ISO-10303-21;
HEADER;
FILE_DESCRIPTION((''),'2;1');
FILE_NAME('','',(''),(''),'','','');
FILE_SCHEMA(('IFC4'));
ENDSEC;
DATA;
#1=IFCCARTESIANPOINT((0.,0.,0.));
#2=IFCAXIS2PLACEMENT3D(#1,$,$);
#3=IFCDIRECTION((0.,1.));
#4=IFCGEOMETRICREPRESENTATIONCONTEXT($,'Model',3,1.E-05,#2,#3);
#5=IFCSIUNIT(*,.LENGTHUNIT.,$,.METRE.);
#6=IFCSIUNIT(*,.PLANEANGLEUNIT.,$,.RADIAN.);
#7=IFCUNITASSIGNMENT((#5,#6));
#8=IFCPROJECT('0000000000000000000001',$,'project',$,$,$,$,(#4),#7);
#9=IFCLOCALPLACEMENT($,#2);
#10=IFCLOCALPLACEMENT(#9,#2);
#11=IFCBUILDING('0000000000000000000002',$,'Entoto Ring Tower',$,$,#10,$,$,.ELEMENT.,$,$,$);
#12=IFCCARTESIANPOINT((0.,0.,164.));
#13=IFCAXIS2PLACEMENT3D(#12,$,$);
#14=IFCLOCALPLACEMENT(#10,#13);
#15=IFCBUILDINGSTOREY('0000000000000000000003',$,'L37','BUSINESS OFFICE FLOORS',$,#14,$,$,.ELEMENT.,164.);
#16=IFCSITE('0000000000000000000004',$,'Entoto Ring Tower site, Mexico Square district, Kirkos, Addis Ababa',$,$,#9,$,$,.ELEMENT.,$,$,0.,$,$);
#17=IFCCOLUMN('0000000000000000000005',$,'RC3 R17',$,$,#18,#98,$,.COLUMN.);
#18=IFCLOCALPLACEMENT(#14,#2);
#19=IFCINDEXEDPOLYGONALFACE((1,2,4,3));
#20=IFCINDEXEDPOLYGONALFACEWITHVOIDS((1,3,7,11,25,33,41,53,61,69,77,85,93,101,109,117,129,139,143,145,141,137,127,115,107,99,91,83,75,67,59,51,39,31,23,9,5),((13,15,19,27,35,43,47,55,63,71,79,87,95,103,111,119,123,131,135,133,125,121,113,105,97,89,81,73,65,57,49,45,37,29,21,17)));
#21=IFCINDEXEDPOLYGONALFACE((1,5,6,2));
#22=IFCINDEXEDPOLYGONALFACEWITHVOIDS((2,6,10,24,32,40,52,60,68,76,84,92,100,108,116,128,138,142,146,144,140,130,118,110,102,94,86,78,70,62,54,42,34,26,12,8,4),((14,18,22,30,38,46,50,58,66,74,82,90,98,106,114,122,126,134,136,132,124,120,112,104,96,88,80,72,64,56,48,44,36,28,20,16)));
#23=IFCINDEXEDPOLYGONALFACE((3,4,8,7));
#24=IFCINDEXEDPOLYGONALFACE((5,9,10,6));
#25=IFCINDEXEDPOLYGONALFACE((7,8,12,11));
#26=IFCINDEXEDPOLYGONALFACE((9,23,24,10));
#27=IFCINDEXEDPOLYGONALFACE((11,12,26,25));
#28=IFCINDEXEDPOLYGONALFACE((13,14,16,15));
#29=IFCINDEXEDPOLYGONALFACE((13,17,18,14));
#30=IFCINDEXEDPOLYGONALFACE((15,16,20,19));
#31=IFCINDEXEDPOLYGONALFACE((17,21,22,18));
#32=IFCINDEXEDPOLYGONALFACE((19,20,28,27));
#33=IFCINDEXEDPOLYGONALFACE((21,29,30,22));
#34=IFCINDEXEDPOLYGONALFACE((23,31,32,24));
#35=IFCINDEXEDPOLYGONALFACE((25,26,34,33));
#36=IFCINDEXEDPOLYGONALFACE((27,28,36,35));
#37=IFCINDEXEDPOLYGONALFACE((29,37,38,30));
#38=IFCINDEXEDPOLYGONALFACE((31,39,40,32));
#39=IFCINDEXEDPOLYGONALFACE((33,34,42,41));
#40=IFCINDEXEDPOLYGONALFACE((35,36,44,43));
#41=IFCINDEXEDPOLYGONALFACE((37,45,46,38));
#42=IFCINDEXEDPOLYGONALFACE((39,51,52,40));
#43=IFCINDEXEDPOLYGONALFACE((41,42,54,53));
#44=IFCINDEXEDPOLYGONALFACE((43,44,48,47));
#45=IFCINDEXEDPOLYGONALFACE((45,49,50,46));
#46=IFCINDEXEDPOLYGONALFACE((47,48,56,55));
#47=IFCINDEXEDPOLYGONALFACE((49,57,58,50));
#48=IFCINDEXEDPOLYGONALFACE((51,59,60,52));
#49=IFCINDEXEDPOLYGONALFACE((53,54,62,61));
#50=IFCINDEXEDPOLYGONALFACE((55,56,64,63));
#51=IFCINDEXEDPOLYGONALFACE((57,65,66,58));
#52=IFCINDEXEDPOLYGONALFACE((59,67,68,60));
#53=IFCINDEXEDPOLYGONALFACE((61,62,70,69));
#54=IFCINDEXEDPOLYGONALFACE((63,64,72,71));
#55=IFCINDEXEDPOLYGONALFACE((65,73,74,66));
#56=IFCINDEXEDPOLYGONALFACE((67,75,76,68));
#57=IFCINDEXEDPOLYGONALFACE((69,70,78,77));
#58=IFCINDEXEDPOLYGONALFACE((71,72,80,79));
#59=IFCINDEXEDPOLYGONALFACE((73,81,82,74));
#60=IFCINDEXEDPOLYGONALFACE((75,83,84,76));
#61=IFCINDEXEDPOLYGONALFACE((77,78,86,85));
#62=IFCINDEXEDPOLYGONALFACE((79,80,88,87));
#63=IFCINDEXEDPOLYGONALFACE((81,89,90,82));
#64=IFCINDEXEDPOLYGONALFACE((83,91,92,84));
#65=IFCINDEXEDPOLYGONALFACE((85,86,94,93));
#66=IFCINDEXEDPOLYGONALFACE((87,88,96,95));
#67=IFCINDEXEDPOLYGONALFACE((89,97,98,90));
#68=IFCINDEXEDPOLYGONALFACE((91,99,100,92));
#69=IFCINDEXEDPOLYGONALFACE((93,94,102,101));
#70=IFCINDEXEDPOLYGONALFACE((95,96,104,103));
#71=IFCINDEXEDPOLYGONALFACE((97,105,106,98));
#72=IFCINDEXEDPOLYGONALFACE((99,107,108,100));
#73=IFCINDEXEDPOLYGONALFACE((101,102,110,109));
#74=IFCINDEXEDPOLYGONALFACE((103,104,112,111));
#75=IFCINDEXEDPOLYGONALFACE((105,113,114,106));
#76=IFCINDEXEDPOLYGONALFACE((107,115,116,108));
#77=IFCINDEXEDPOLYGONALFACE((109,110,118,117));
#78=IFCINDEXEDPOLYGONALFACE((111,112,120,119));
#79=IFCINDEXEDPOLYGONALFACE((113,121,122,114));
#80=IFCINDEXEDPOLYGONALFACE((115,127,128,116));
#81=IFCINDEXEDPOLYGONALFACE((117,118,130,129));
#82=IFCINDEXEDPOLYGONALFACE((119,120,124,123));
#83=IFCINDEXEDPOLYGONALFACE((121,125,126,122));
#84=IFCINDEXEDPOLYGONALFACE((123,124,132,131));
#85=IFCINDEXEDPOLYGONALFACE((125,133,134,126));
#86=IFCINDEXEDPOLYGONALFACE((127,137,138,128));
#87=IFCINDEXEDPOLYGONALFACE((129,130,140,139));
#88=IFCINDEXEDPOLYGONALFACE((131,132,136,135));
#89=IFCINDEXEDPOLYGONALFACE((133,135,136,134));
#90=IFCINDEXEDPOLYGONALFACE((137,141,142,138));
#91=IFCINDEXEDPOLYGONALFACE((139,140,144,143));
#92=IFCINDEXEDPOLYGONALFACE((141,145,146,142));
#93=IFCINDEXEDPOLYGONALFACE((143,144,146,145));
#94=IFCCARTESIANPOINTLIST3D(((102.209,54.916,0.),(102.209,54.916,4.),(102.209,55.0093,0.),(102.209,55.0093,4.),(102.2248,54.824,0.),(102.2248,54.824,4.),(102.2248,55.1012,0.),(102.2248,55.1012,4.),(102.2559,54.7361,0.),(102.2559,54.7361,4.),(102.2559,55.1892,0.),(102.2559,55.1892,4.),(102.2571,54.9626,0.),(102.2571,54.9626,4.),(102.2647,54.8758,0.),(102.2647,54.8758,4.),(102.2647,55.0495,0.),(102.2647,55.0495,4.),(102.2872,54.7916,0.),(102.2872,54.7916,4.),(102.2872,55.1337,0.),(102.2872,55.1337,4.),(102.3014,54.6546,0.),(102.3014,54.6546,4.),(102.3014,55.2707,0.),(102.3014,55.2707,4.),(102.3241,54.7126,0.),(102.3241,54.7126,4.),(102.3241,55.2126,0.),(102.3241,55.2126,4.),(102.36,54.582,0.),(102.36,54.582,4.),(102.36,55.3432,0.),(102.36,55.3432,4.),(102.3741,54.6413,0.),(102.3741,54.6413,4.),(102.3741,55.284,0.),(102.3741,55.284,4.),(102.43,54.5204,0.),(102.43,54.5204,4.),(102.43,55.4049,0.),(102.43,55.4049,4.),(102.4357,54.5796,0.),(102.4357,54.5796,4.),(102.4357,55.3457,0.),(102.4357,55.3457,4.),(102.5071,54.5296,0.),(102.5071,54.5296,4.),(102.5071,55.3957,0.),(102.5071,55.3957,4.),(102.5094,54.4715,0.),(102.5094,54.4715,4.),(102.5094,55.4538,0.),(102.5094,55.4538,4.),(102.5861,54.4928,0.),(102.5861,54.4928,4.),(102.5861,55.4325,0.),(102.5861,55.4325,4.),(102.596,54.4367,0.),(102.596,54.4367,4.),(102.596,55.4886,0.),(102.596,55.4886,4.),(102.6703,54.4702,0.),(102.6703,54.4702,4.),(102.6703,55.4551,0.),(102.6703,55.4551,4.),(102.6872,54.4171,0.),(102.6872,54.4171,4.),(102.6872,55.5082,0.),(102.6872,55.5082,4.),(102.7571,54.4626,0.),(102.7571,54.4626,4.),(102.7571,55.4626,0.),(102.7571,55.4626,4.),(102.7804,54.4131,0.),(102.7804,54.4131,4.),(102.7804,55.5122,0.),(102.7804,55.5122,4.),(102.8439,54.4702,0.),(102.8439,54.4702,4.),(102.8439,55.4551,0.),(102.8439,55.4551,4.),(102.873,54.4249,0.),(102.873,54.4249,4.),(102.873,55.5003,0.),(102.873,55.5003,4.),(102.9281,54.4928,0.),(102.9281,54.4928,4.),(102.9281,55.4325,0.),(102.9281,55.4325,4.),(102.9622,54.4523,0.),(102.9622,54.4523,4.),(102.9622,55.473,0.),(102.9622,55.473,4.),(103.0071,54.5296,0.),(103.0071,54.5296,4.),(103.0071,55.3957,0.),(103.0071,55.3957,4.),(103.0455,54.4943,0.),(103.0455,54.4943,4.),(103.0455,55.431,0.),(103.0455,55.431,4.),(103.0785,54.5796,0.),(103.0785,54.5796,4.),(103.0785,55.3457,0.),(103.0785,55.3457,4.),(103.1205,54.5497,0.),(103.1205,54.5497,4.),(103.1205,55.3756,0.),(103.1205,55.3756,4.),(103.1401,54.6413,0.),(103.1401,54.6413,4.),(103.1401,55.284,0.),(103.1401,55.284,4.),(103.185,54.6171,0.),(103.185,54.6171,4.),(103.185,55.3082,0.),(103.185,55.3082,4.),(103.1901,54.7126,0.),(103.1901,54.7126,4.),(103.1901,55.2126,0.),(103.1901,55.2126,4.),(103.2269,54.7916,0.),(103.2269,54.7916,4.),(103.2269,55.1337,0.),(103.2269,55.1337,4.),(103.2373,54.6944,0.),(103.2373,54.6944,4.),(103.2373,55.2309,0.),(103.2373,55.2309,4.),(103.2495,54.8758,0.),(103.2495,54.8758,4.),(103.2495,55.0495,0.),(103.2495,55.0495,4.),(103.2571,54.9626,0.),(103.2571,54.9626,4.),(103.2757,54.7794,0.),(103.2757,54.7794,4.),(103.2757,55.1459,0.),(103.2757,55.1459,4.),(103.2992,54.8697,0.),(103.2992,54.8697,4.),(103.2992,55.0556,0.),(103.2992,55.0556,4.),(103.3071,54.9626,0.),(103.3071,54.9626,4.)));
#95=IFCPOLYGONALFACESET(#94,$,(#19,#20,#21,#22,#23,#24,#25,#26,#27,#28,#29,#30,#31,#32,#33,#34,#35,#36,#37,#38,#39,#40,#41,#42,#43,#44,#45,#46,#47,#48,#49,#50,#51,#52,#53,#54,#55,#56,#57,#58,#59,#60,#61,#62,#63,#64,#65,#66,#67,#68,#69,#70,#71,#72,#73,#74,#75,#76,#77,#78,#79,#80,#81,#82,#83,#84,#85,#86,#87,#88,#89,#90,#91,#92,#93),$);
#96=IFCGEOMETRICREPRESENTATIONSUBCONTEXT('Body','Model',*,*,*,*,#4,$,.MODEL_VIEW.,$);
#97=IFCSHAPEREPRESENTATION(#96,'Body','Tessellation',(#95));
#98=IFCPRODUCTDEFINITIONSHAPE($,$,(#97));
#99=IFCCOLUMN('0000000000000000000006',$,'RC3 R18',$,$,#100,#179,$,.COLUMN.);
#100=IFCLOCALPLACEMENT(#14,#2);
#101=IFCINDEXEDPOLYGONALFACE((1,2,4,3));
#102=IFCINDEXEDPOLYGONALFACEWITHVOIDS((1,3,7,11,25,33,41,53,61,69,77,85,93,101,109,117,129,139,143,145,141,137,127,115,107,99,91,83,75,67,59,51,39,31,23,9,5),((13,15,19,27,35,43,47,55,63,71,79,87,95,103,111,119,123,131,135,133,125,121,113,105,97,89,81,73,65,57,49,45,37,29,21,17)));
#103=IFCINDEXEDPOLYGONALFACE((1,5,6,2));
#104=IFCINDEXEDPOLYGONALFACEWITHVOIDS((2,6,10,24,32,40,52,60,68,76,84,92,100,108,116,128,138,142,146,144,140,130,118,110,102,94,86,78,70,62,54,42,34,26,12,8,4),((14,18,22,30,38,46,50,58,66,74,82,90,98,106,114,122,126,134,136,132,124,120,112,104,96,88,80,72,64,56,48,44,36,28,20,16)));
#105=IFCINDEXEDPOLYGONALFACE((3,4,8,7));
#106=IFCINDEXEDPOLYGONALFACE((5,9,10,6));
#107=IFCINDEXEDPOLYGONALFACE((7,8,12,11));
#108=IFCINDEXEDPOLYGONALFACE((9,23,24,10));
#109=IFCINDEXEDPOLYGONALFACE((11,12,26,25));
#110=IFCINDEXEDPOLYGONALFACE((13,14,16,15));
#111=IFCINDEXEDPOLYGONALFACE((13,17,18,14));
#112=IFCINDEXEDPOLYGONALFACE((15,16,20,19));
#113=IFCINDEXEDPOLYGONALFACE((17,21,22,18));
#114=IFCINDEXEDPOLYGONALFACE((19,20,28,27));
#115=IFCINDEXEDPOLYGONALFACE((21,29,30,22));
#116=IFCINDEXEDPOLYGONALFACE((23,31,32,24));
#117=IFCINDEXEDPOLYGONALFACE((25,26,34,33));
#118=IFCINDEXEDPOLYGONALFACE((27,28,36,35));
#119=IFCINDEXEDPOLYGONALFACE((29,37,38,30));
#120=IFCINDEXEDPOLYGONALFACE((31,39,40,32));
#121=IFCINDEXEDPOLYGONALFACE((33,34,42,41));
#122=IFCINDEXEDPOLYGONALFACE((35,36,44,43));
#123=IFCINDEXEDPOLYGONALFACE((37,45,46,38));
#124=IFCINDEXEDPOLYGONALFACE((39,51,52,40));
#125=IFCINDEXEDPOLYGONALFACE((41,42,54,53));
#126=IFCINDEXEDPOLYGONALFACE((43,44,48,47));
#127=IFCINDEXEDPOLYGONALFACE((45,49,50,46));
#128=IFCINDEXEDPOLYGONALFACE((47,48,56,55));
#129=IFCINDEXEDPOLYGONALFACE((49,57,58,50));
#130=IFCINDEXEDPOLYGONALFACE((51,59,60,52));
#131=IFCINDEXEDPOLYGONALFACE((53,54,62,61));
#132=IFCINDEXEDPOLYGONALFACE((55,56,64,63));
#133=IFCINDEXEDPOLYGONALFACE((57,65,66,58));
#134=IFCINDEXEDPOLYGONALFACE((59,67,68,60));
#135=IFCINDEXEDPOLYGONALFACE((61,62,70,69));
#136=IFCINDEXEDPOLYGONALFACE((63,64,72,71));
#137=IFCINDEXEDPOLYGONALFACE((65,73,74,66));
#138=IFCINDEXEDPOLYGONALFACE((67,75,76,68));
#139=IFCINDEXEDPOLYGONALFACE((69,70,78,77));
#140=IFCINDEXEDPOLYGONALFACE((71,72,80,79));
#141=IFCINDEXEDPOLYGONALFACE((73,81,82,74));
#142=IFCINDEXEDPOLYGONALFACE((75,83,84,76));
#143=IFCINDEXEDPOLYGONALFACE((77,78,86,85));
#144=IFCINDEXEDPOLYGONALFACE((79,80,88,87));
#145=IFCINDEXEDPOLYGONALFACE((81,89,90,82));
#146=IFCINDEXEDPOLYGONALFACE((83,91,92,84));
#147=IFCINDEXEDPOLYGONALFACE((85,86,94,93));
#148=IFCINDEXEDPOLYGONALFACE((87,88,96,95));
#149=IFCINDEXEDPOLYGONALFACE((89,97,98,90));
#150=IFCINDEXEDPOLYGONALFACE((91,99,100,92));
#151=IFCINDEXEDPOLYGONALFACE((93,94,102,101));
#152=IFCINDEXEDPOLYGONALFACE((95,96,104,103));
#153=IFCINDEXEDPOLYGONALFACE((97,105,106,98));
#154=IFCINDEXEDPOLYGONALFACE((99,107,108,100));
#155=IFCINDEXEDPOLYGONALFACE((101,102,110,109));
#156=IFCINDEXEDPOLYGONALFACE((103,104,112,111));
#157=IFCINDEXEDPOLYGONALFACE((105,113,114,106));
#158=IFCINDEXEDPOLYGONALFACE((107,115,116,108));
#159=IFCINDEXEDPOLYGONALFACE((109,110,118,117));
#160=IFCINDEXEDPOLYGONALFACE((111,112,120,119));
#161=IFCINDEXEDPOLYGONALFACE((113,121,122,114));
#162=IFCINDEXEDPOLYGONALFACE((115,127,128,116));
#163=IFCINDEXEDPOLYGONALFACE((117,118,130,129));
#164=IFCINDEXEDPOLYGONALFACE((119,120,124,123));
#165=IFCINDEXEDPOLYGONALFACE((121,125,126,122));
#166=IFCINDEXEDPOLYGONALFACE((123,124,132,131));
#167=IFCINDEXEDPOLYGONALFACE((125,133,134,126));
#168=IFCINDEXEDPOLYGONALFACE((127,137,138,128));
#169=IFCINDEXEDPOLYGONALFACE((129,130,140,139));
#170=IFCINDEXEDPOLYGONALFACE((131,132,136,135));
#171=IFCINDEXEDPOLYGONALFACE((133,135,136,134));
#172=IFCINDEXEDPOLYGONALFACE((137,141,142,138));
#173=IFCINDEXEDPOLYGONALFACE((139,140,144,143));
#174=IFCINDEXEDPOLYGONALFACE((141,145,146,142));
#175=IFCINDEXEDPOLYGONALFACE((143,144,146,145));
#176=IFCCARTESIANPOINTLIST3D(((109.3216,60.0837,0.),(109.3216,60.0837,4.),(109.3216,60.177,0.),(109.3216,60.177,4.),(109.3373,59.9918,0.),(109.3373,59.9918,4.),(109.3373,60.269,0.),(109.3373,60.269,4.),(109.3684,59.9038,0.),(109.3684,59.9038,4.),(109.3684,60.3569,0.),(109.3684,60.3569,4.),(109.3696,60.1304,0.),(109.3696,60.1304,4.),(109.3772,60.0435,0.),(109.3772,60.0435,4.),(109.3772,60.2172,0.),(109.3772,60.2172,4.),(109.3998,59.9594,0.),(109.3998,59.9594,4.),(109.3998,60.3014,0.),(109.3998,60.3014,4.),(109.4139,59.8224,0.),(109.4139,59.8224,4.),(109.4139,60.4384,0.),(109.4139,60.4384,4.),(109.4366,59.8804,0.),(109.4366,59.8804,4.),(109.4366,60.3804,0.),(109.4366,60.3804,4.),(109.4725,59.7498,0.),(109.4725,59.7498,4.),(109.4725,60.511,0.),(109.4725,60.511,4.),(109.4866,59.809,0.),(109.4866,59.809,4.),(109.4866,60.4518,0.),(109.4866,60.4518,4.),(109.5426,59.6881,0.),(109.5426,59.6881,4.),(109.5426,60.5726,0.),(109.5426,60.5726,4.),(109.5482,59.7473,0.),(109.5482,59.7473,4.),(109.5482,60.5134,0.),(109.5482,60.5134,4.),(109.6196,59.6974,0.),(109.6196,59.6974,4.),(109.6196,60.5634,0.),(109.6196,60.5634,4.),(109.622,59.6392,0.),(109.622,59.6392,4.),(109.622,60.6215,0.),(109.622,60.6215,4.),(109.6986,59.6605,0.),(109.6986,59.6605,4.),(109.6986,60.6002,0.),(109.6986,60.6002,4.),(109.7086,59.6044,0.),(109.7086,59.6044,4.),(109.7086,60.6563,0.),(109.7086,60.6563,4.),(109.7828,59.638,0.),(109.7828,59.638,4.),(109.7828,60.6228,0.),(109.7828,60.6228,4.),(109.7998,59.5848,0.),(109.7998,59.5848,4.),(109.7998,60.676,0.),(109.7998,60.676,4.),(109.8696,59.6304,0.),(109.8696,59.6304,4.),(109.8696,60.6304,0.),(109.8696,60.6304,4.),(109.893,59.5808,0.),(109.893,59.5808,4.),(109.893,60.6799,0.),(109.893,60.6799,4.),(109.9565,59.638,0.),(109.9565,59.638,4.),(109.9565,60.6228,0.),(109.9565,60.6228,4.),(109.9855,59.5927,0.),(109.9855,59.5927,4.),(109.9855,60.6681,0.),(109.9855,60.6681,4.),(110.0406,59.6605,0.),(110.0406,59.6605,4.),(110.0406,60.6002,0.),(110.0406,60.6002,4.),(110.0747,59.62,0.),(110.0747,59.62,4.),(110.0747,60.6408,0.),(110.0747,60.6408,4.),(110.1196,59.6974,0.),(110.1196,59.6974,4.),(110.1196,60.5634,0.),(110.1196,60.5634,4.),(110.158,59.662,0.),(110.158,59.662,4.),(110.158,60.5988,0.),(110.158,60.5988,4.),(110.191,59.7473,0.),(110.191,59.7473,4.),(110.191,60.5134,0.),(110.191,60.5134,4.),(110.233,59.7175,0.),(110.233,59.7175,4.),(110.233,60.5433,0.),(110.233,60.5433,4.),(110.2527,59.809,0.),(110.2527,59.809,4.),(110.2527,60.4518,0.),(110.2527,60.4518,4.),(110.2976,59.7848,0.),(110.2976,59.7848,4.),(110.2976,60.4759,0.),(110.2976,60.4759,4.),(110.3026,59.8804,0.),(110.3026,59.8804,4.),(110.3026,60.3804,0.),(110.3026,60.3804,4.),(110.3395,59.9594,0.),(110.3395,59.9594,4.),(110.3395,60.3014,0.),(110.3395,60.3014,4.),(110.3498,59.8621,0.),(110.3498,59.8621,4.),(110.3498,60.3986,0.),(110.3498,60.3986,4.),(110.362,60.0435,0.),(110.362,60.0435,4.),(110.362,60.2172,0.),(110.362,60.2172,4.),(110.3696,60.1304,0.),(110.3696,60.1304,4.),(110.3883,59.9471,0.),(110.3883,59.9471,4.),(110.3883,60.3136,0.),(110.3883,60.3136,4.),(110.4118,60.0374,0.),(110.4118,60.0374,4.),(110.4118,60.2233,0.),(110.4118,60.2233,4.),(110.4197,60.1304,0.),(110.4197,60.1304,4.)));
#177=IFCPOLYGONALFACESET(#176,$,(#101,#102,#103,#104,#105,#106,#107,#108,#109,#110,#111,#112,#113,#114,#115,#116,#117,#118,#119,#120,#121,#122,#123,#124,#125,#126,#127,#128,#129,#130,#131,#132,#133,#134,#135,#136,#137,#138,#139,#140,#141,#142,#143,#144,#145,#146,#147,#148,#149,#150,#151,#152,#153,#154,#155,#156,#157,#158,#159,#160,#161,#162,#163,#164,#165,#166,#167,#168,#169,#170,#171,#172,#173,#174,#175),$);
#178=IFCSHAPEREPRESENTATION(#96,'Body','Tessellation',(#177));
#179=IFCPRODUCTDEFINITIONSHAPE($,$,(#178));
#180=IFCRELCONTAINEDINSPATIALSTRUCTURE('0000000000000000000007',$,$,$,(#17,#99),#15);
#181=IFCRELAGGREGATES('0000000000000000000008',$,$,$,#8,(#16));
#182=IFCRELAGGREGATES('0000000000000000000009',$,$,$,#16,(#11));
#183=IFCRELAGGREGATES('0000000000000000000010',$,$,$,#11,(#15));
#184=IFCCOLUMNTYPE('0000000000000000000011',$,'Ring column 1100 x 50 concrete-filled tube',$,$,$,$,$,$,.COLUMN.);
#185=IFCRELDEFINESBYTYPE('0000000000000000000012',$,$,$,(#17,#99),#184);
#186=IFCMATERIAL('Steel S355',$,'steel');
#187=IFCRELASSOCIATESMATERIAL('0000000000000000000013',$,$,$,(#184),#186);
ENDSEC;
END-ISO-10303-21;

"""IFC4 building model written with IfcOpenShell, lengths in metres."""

from ifc_helpers import new_model, si_unit, direction, frame, origin, origin_2d, place, context, subcontext, project, spatial, circle, hollow_circle, extrude, material, material_profile, profile_set, type_object, element, save


model = new_model("IFC4")

# Units and contexts
model_context = context("Model", 3, precision=1e-05, world=origin(), true_north=direction((0.0, 1.0)))
body_context = subcontext(model_context, "Body", "Model", "MODEL_VIEW")
ifc_project = project(units=[si_unit("LENGTHUNIT", "METRE"), si_unit("PLANEANGLEUNIT", "RADIAN")], contexts=[model_context])

# Site, building, storey
site_placement = place(None, origin())
site = spatial("IfcSite", under=ifc_project, at=site_placement, Name="Entoto Ring Tower site, Mexico Square district, Kirkos, Addis Ababa", CompositionType="ELEMENT", RefElevation=0.0)
building_placement = place(site_placement, origin())
building = spatial("IfcBuilding", under=site, at=building_placement, Name="Entoto Ring Tower", CompositionType="ELEMENT")
storey_placement = place(building_placement, frame((0.0, 0.0, 164.0)))
storey = spatial("IfcBuildingStorey", under=building, at=storey_placement, Name="L37", Description="BUSINESS OFFICE FLOORS", CompositionType="ELEMENT", Elevation=164.0)

# Columns
ifc_material_1 = material(Name="Steel S355", Category="steel")
ifc_material_profile_1 = material_profile(ifc_material_1, hollow_circle(Radius=0.55, WallThickness=0.05, at=origin_2d()), Name="CHS 1100 x 50")
ifc_material_2 = material(Name="Concrete C60/75", Category="concrete")
ifc_material_profile_2 = material_profile(ifc_material_2, circle(Radius=0.5, at=origin_2d()), Name="Concrete C60/75 infill")
ifc_profile_set_1 = profile_set([ifc_material_profile_1, ifc_material_profile_2], Name="Steel S355")
column_type = type_object("IfcColumnType", Name="Ring column 1100 x 50 concrete-filled tube", PredefinedType="COLUMN", material=ifc_profile_set_1)
for number, where, z_axis, x_axis, name in (
    (1, (102.7571, 54.9626, 0.0), (0.0, 0.0, 1.0), (1.0, 0.0, 0.0), "RC3 R17"),
    (2, (109.8696, 60.1304, 0.0), (0.0, 0.0, 1.0), (1.0, 0.0, 0.0), "RC3 R18"),
):
    element("IfcColumn", number, at=place(storey_placement, frame(where, z_axis=z_axis, x_axis=x_axis)), inside=storey, type_object=column_type, Name=name, PredefinedType="COLUMN", context=body_context, shape_type="SweptSolid", body=[
        extrude(hollow_circle(Radius=0.55, WallThickness=0.05, at=origin_2d()), origin(), (0.0, 0.0, 1.0), 4.0),
    ])

save(model, "model.ifc")
